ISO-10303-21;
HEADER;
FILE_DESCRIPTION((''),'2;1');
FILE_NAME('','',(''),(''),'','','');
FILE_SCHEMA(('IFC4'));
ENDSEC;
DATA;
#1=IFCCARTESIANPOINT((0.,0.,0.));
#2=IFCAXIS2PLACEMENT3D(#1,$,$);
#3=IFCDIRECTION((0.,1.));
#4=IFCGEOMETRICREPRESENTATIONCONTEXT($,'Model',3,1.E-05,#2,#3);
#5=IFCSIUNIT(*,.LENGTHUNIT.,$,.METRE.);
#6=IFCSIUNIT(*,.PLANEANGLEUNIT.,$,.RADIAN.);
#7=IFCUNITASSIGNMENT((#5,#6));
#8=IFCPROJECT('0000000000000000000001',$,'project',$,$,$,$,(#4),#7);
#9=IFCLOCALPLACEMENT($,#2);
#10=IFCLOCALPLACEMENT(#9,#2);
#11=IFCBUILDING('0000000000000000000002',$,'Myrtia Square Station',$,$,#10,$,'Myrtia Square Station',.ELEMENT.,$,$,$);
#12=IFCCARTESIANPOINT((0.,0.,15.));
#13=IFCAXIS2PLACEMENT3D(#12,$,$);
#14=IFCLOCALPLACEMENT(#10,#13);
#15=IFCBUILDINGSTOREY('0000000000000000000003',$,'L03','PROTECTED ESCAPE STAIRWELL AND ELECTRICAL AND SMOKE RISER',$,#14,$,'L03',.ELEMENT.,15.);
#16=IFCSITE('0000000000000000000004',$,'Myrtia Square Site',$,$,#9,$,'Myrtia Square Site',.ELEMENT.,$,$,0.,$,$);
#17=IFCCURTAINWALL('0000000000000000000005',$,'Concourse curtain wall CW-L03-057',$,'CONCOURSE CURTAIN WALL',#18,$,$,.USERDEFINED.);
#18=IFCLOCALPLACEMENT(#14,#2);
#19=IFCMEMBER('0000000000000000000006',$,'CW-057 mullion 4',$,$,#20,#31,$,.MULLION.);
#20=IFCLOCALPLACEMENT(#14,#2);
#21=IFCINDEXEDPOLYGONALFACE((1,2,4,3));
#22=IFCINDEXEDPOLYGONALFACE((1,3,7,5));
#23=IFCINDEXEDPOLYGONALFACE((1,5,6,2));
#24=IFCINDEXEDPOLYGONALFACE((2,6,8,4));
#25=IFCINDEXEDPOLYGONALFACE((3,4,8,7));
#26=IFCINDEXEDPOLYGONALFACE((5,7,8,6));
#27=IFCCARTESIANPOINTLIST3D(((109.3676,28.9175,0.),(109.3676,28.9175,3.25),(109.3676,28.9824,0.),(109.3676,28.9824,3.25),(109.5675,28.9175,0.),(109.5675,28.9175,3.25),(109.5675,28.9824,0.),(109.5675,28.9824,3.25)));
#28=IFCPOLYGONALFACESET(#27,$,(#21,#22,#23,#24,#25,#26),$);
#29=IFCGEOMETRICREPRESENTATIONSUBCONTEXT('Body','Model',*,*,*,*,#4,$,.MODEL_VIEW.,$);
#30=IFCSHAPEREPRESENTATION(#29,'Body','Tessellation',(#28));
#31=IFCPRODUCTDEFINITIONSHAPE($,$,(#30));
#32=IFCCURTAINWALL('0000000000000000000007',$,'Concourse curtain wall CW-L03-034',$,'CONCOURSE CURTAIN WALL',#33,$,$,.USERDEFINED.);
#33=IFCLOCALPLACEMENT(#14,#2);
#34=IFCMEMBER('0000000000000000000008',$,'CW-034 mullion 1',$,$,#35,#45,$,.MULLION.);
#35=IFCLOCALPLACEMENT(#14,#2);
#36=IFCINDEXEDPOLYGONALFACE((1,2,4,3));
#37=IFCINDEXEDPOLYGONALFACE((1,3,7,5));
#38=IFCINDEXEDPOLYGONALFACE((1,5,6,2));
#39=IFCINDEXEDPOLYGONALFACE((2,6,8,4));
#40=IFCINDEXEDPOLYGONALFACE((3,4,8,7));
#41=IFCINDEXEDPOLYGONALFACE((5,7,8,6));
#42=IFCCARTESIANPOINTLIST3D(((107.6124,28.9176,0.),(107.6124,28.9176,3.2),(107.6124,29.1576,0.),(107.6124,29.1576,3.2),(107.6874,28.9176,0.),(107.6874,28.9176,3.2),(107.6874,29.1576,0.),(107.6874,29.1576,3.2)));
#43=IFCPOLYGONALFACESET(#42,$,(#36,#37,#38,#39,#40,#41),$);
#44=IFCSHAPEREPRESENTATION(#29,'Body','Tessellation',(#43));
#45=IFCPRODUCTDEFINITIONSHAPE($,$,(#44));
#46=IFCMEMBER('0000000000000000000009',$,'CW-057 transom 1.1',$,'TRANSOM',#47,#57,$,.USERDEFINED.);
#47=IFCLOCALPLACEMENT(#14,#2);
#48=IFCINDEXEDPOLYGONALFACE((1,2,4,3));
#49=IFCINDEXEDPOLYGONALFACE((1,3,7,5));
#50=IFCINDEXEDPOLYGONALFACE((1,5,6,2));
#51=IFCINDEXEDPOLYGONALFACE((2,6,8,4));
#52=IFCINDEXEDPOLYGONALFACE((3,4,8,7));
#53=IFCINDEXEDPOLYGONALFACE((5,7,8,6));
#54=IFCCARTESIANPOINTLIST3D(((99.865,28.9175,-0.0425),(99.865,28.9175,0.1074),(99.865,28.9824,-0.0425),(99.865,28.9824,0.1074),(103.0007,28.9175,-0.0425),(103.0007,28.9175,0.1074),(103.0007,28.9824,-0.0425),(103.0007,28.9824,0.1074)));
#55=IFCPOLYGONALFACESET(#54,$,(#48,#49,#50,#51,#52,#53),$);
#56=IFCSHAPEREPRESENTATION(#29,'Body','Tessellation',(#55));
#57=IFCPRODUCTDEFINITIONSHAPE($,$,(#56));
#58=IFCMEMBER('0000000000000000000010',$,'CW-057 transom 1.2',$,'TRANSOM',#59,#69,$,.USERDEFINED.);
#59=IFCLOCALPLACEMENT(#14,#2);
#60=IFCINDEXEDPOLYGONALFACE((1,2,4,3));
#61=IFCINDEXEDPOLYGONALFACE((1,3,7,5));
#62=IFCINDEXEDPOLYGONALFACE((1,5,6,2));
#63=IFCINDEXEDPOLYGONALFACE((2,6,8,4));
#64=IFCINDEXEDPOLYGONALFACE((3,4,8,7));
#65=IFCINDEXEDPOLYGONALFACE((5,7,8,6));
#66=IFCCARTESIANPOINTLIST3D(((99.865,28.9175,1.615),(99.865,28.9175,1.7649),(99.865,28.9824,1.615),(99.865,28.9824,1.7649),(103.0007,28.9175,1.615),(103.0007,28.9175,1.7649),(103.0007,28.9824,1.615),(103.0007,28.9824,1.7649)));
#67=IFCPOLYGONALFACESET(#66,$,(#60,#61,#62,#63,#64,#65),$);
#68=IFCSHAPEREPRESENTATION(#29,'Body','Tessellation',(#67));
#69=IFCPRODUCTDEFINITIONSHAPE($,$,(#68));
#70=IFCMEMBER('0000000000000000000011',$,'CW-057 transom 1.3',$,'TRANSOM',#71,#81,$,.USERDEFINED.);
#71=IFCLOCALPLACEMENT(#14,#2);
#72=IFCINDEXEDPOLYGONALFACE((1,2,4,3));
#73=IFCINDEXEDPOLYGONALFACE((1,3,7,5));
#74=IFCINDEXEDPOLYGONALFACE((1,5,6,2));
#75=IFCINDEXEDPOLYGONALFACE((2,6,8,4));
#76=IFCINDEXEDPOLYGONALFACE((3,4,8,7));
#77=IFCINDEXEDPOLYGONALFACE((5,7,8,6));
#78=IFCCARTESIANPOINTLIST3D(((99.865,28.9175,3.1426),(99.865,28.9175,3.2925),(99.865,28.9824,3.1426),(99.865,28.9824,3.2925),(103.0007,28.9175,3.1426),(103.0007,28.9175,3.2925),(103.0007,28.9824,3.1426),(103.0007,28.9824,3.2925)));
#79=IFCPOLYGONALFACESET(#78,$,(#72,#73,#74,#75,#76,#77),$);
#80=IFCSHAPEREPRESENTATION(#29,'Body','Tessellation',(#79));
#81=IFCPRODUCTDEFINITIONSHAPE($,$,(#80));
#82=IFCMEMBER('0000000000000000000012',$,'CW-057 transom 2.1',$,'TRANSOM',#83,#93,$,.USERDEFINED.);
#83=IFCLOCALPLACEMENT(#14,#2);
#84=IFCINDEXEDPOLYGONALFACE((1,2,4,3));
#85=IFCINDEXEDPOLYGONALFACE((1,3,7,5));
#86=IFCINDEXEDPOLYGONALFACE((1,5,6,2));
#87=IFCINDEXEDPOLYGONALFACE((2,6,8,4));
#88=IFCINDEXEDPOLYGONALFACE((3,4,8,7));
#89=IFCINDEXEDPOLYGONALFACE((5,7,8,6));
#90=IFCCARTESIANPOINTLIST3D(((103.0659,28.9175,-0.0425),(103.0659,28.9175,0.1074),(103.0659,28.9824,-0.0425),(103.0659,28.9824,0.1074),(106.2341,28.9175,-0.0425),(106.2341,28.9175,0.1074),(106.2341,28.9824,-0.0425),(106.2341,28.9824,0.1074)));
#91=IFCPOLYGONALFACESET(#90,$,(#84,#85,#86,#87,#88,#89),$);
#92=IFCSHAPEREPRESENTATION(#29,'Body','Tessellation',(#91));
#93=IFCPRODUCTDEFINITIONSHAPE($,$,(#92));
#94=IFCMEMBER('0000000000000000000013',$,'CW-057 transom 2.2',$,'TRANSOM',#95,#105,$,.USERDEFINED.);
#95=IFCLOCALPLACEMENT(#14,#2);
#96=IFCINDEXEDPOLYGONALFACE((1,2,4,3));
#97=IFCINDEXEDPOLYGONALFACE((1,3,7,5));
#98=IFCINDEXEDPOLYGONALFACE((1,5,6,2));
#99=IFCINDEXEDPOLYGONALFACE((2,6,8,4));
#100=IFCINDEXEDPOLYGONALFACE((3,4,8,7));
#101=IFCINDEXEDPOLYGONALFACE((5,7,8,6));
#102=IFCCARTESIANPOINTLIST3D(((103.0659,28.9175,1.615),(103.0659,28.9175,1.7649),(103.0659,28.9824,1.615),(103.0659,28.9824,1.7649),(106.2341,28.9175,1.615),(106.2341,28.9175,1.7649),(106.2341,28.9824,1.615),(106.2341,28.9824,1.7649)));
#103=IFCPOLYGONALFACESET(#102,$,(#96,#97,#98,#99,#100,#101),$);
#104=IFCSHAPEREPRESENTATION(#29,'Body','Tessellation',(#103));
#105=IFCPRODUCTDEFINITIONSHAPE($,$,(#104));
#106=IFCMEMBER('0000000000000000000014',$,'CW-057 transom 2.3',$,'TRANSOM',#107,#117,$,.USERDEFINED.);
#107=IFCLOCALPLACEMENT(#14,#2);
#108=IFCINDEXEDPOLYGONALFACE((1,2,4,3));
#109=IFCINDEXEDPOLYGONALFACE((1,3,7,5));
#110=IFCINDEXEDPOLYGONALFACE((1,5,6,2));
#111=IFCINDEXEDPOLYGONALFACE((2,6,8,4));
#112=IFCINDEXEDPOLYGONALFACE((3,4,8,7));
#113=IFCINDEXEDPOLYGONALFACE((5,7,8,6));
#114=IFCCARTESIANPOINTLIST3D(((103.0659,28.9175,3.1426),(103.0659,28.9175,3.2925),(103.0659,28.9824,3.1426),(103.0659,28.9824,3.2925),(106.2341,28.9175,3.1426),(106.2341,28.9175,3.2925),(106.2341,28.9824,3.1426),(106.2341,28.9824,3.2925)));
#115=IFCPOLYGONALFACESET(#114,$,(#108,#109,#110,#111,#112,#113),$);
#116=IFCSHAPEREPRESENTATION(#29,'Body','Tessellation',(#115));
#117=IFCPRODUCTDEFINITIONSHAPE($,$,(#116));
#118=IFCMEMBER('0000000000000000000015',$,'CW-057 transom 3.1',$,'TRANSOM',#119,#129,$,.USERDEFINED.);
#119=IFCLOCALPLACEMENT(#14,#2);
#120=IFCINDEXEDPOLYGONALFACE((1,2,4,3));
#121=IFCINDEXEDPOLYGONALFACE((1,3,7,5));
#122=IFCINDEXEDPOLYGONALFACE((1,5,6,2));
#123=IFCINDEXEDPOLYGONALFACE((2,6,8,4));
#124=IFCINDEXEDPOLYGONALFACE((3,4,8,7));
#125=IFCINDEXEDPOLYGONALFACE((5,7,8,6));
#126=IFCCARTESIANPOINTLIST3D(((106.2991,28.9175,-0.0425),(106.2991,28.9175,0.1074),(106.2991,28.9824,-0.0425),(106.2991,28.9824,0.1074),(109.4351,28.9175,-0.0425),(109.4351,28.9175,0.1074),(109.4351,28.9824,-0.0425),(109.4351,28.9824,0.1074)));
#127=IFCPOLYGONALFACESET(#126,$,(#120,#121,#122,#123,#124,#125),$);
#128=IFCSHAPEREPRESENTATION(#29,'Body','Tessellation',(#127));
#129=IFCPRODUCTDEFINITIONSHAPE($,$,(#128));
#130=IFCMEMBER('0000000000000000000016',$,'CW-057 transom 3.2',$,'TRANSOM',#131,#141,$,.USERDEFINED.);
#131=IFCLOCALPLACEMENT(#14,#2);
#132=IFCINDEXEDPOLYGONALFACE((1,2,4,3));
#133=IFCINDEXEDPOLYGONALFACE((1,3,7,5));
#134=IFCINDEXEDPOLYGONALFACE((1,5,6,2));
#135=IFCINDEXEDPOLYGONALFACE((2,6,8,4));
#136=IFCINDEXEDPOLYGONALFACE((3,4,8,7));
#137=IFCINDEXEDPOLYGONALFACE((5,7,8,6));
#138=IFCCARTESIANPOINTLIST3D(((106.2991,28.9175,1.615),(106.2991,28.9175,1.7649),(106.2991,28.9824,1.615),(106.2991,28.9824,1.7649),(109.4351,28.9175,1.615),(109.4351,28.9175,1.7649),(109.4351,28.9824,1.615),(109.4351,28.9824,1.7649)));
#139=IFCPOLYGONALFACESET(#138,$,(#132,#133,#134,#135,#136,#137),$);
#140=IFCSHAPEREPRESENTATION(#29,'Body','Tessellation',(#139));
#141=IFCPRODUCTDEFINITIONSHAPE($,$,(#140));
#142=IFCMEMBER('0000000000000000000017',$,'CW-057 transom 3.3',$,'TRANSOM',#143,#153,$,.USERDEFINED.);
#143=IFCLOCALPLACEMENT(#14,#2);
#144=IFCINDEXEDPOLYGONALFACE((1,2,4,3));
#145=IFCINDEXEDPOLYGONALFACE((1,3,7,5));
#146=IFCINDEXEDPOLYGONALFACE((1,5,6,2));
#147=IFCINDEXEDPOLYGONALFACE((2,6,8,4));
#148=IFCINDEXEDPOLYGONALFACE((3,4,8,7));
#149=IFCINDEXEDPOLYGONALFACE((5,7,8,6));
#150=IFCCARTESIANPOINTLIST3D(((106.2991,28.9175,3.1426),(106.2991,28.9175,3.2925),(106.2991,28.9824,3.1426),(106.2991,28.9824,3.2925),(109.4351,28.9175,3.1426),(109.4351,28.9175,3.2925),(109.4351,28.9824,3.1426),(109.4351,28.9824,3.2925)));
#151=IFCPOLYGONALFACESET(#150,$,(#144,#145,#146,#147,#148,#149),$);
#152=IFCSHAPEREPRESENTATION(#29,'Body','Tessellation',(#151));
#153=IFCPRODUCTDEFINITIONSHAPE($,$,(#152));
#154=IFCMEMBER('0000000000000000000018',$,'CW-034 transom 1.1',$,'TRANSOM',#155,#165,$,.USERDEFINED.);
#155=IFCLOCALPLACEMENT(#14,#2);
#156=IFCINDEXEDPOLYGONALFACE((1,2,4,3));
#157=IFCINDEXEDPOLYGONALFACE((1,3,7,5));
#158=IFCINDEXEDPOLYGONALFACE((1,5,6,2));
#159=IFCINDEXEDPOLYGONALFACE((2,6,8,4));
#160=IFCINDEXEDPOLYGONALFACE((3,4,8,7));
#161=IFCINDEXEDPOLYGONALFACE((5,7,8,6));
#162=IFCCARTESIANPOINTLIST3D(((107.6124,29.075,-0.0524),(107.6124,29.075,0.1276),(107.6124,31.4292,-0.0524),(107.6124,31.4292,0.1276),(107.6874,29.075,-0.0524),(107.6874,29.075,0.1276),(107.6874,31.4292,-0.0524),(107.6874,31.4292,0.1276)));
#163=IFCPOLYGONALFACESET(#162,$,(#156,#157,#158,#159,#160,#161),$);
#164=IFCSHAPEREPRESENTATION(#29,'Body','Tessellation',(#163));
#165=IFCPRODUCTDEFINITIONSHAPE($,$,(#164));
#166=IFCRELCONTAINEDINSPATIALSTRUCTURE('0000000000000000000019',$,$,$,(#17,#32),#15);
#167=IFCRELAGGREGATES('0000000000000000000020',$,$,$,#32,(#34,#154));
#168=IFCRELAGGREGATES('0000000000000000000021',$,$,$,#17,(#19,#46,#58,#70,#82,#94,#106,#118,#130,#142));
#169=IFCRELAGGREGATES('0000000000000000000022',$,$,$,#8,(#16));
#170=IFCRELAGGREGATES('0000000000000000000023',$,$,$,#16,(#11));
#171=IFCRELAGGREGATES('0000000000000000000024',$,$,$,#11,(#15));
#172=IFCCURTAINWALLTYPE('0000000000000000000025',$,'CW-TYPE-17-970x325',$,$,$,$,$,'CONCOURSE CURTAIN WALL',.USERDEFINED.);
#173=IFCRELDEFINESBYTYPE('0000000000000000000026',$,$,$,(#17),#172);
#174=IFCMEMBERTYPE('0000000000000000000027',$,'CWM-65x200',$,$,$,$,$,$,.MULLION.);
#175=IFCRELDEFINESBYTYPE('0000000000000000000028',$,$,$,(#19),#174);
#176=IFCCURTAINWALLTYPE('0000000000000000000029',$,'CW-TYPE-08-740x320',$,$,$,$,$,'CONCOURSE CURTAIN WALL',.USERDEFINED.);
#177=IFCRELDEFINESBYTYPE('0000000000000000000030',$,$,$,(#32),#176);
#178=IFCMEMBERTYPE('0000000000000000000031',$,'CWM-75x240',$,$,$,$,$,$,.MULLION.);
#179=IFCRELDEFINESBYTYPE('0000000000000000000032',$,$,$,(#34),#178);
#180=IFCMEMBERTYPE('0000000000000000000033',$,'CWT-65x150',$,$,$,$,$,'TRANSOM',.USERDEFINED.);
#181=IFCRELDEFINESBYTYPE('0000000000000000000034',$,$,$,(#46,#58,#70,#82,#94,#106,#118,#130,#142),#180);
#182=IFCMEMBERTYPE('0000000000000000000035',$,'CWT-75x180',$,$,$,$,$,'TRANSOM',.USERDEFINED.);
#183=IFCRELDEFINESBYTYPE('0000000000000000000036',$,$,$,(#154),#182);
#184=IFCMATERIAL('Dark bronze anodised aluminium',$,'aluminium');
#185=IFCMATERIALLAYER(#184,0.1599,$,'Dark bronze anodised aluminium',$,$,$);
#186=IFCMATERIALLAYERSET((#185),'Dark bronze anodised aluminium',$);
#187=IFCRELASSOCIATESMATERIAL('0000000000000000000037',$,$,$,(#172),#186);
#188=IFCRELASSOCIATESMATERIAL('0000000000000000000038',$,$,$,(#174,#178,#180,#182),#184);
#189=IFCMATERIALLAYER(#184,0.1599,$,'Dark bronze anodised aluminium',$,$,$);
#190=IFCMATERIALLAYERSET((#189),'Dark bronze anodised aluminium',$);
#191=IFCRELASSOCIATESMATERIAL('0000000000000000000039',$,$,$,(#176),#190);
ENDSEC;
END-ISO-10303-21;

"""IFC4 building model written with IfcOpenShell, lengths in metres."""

from ifc_helpers import new_model, si_unit, direction, frame, origin, origin_2d, place, context, subcontext, project, spatial, rectangle, extrude, material, layer, layer_set, material_profile, profile_set, type_object, element, aggregate, save


model = new_model("IFC4")

# Units and contexts
model_context = context("Model", 3, precision=1e-05, world=origin(), true_north=direction((0.0, 1.0)))
body_context = subcontext(model_context, "Body", "Model", "MODEL_VIEW")
ifc_project = project(units=[si_unit("LENGTHUNIT", "METRE"), si_unit("PLANEANGLEUNIT", "RADIAN")], contexts=[model_context])

# Site, building, storey
site_placement = place(None, origin())
site = spatial("IfcSite", under=ifc_project, at=site_placement, Name="Myrtia Square Site", LongName="Myrtia Square Site", CompositionType="ELEMENT", RefElevation=0.0)
building_placement = place(site_placement, origin())
building = spatial("IfcBuilding", under=site, at=building_placement, Name="Myrtia Square Station", LongName="Myrtia Square Station", CompositionType="ELEMENT")
storey_placement = place(building_placement, frame((0.0, 0.0, 15.0)))
storey = spatial("IfcBuildingStorey", under=building, at=storey_placement, Name="L03", Description="PROTECTED ESCAPE STAIRWELL AND ELECTRICAL AND SMOKE RISER", LongName="L03", CompositionType="ELEMENT", Elevation=15.0)

# Curtain wall, member
ifc_material_1 = material(Name="Dark bronze anodised aluminium", Category="aluminium")
ifc_layer_1 = layer(ifc_material_1, 0.1599, Name="Dark bronze anodised aluminium")
ifc_layer_set_1 = layer_set([ifc_layer_1], Name="Dark bronze anodised aluminium")
curtain_wall_type_1 = type_object("IfcCurtainWallType", Name="CW-TYPE-17-970x325", ElementType="CONCOURSE CURTAIN WALL", PredefinedType="USERDEFINED", material=ifc_layer_set_1)
curtain_wall_1_placement = place(storey_placement, origin())
curtain_wall_1 = element("IfcCurtainWall", 1, at=curtain_wall_1_placement, inside=storey, type_object=curtain_wall_type_1, Name="Concourse curtain wall CW-L03-057", ObjectType="CONCOURSE CURTAIN WALL", PredefinedType="USERDEFINED")
ifc_material_profile_1 = material_profile(ifc_material_1, rectangle(XDim=0.0649, YDim=0.2, at=origin_2d()), Name="ALU-M 65x200")
ifc_profile_set_1 = profile_set([ifc_material_profile_1], Name="Dark bronze anodised aluminium")
member_type_1 = type_object("IfcMemberType", Name="CWM-65x200", PredefinedType="MULLION", material=ifc_profile_set_1)
member_1_placement = place(storey_placement, frame((109.4675, 28.95, 0.0), z_axis=(0.0, 0.0, 1.0), x_axis=(0.0, 1.0, 0.0)))
member_1 = element("IfcMember", 2, at=member_1_placement, type_object=member_type_1, Name="CW-057 mullion 4", PredefinedType="MULLION", context=body_context, shape_type="SweptSolid", body=[
    extrude(rectangle(XDim=0.0649, YDim=0.2, at=origin_2d()), origin(), (0.0, 0.0, 1.0), 3.25),
])

# Curtain wall, member
ifc_layer_2 = layer(ifc_material_1, 0.1599, Name="Dark bronze anodised aluminium")
ifc_layer_set_2 = layer_set([ifc_layer_2], Name="Dark bronze anodised aluminium")
curtain_wall_type_2 = type_object("IfcCurtainWallType", Name="CW-TYPE-08-740x320", ElementType="CONCOURSE CURTAIN WALL", PredefinedType="USERDEFINED", material=ifc_layer_set_2)
curtain_wall_2_placement = place(storey_placement, origin())
curtain_wall_2 = element("IfcCurtainWall", 3, at=curtain_wall_2_placement, inside=storey, type_object=curtain_wall_type_2, Name="Concourse curtain wall CW-L03-034", ObjectType="CONCOURSE CURTAIN WALL", PredefinedType="USERDEFINED")
ifc_material_profile_2 = material_profile(ifc_material_1, rectangle(XDim=0.075, YDim=0.24, at=origin_2d()), Name="ALU-M 75x240")
ifc_profile_set_2 = profile_set([ifc_material_profile_2], Name="Dark bronze anodised aluminium")
member_type_2 = type_object("IfcMemberType", Name="CWM-75x240", PredefinedType="MULLION", material=ifc_profile_set_2)
member_2_placement = place(storey_placement, frame((107.6499, 29.0376, 0.0), z_axis=(0.0, 0.0, 1.0), x_axis=(-1.0, 0.0, 0.0)))
member_2 = element("IfcMember", 4, at=member_2_placement, type_object=member_type_2, Name="CW-034 mullion 1", PredefinedType="MULLION", context=body_context, shape_type="SweptSolid", body=[
    extrude(rectangle(XDim=0.075, YDim=0.24, at=origin_2d()), origin(), (0.0, 0.0, 1.0), 3.2),
])

# Members
ifc_material_profile_3 = material_profile(ifc_material_1, rectangle(XDim=0.0649, YDim=0.1499, at=origin_2d()), Name="ALU-T 65x150")
ifc_profile_set_3 = profile_set([ifc_material_profile_3], Name="Dark bronze anodised aluminium")
member_type_3 = type_object("IfcMemberType", Name="CWT-65x150", ElementType="TRANSOM", PredefinedType="USERDEFINED", material=ifc_profile_set_3)
member_3_placement = place(storey_placement, frame((99.865, 28.95, 0.0325), z_axis=(1.0, 0.0, 0.0), x_axis=(0.0, 1.0, 0.0)))
member_3 = element("IfcMember", 5, at=member_3_placement, type_object=member_type_3, Name="CW-057 transom 1.1", ObjectType="TRANSOM", PredefinedType="USERDEFINED", context=body_context, shape_type="SweptSolid", body=[
    extrude(rectangle(XDim=0.0649, YDim=0.1499, at=origin_2d()), origin(), (0.0, 0.0, 1.0), 3.1357),
])
member_4_placement = place(storey_placement, frame((99.865, 28.95, 1.6899), z_axis=(1.0, 0.0, 0.0), x_axis=(0.0, 1.0, 0.0)))
member_4 = element("IfcMember", 6, at=member_4_placement, type_object=member_type_3, Name="CW-057 transom 1.2", ObjectType="TRANSOM", PredefinedType="USERDEFINED", context=body_context, shape_type="SweptSolid", body=[
    extrude(rectangle(XDim=0.0649, YDim=0.1499, at=origin_2d()), origin(), (0.0, 0.0, 1.0), 3.1357),
])
member_5_placement = place(storey_placement, frame((99.865, 28.95, 3.2175), z_axis=(1.0, 0.0, 0.0), x_axis=(0.0, 1.0, 0.0)))
member_5 = element("IfcMember", 7, at=member_5_placement, type_object=member_type_3, Name="CW-057 transom 1.3", ObjectType="TRANSOM", PredefinedType="USERDEFINED", context=body_context, shape_type="SweptSolid", body=[
    extrude(rectangle(XDim=0.0649, YDim=0.1499, at=origin_2d()), origin(), (0.0, 0.0, 1.0), 3.1357),
])
member_6_placement = place(storey_placement, frame((103.0659, 28.95, 0.0325), z_axis=(1.0, 0.0, 0.0), x_axis=(0.0, 1.0, 0.0)))
member_6 = element("IfcMember", 8, at=member_6_placement, type_object=member_type_3, Name="CW-057 transom 2.1", ObjectType="TRANSOM", PredefinedType="USERDEFINED", context=body_context, shape_type="SweptSolid", body=[
    extrude(rectangle(XDim=0.0649, YDim=0.1499, at=origin_2d()), origin(), (0.0, 0.0, 1.0), 3.1682),
])
member_7_placement = place(storey_placement, frame((103.0659, 28.95, 1.6899), z_axis=(1.0, 0.0, 0.0), x_axis=(0.0, 1.0, 0.0)))
member_7 = element("IfcMember", 9, at=member_7_placement, type_object=member_type_3, Name="CW-057 transom 2.2", ObjectType="TRANSOM", PredefinedType="USERDEFINED", context=body_context, shape_type="SweptSolid", body=[
    extrude(rectangle(XDim=0.0649, YDim=0.1499, at=origin_2d()), origin(), (0.0, 0.0, 1.0), 3.1682),
])
member_8_placement = place(storey_placement, frame((103.0659, 28.95, 3.2175), z_axis=(1.0, 0.0, 0.0), x_axis=(0.0, 1.0, 0.0)))
member_8 = element("IfcMember", 10, at=member_8_placement, type_object=member_type_3, Name="CW-057 transom 2.3", ObjectType="TRANSOM", PredefinedType="USERDEFINED", context=body_context, shape_type="SweptSolid", body=[
    extrude(rectangle(XDim=0.0649, YDim=0.1499, at=origin_2d()), origin(), (0.0, 0.0, 1.0), 3.1682),
])
member_9_placement = place(storey_placement, frame((106.2991, 28.95, 0.0325), z_axis=(1.0, 0.0, 0.0), x_axis=(0.0, 1.0, 0.0)))
member_9 = element("IfcMember", 11, at=member_9_placement, type_object=member_type_3, Name="CW-057 transom 3.1", ObjectType="TRANSOM", PredefinedType="USERDEFINED", context=body_context, shape_type="SweptSolid", body=[
    extrude(rectangle(XDim=0.0649, YDim=0.1499, at=origin_2d()), origin(), (0.0, 0.0, 1.0), 3.136),
])
member_10_placement = place(storey_placement, frame((106.2991, 28.95, 1.6899), z_axis=(1.0, 0.0, 0.0), x_axis=(0.0, 1.0, 0.0)))
member_10 = element("IfcMember", 12, at=member_10_placement, type_object=member_type_3, Name="CW-057 transom 3.2", ObjectType="TRANSOM", PredefinedType="USERDEFINED", context=body_context, shape_type="SweptSolid", body=[
    extrude(rectangle(XDim=0.0649, YDim=0.1499, at=origin_2d()), origin(), (0.0, 0.0, 1.0), 3.136),
])
member_11_placement = place(storey_placement, frame((106.2991, 28.95, 3.2175), z_axis=(1.0, 0.0, 0.0), x_axis=(0.0, 1.0, 0.0)))
member_11 = element("IfcMember", 13, at=member_11_placement, type_object=member_type_3, Name="CW-057 transom 3.3", ObjectType="TRANSOM", PredefinedType="USERDEFINED", context=body_context, shape_type="SweptSolid", body=[
    extrude(rectangle(XDim=0.0649, YDim=0.1499, at=origin_2d()), origin(), (0.0, 0.0, 1.0), 3.136),
])
ifc_material_profile_4 = material_profile(ifc_material_1, rectangle(XDim=0.075, YDim=0.1799, at=origin_2d()), Name="ALU-T 75x180")
ifc_profile_set_4 = profile_set([ifc_material_profile_4], Name="Dark bronze anodised aluminium")
member_type_4 = type_object("IfcMemberType", Name="CWT-75x180", ElementType="TRANSOM", PredefinedType="USERDEFINED", material=ifc_profile_set_4)
member_12_placement = place(storey_placement, frame((107.6499, 29.075, 0.0376), z_axis=(0.0, 1.0, 0.0), x_axis=(-1.0, 0.0, 0.0)))
member_12 = element("IfcMember", 14, at=member_12_placement, type_object=member_type_4, Name="CW-034 transom 1.1", ObjectType="TRANSOM", PredefinedType="USERDEFINED", context=body_context, shape_type="SweptSolid", body=[
    extrude(rectangle(XDim=0.075, YDim=0.1799, at=origin_2d()), origin(), (0.0, 0.0, 1.0), 2.3542),
])
aggregate(curtain_wall_2, [member_2, member_12])

aggregate(curtain_wall_1, [member_1, member_3, member_4, member_5, member_6, member_7, member_8, member_9, member_10, member_11])

save(model, "model.ifc")
